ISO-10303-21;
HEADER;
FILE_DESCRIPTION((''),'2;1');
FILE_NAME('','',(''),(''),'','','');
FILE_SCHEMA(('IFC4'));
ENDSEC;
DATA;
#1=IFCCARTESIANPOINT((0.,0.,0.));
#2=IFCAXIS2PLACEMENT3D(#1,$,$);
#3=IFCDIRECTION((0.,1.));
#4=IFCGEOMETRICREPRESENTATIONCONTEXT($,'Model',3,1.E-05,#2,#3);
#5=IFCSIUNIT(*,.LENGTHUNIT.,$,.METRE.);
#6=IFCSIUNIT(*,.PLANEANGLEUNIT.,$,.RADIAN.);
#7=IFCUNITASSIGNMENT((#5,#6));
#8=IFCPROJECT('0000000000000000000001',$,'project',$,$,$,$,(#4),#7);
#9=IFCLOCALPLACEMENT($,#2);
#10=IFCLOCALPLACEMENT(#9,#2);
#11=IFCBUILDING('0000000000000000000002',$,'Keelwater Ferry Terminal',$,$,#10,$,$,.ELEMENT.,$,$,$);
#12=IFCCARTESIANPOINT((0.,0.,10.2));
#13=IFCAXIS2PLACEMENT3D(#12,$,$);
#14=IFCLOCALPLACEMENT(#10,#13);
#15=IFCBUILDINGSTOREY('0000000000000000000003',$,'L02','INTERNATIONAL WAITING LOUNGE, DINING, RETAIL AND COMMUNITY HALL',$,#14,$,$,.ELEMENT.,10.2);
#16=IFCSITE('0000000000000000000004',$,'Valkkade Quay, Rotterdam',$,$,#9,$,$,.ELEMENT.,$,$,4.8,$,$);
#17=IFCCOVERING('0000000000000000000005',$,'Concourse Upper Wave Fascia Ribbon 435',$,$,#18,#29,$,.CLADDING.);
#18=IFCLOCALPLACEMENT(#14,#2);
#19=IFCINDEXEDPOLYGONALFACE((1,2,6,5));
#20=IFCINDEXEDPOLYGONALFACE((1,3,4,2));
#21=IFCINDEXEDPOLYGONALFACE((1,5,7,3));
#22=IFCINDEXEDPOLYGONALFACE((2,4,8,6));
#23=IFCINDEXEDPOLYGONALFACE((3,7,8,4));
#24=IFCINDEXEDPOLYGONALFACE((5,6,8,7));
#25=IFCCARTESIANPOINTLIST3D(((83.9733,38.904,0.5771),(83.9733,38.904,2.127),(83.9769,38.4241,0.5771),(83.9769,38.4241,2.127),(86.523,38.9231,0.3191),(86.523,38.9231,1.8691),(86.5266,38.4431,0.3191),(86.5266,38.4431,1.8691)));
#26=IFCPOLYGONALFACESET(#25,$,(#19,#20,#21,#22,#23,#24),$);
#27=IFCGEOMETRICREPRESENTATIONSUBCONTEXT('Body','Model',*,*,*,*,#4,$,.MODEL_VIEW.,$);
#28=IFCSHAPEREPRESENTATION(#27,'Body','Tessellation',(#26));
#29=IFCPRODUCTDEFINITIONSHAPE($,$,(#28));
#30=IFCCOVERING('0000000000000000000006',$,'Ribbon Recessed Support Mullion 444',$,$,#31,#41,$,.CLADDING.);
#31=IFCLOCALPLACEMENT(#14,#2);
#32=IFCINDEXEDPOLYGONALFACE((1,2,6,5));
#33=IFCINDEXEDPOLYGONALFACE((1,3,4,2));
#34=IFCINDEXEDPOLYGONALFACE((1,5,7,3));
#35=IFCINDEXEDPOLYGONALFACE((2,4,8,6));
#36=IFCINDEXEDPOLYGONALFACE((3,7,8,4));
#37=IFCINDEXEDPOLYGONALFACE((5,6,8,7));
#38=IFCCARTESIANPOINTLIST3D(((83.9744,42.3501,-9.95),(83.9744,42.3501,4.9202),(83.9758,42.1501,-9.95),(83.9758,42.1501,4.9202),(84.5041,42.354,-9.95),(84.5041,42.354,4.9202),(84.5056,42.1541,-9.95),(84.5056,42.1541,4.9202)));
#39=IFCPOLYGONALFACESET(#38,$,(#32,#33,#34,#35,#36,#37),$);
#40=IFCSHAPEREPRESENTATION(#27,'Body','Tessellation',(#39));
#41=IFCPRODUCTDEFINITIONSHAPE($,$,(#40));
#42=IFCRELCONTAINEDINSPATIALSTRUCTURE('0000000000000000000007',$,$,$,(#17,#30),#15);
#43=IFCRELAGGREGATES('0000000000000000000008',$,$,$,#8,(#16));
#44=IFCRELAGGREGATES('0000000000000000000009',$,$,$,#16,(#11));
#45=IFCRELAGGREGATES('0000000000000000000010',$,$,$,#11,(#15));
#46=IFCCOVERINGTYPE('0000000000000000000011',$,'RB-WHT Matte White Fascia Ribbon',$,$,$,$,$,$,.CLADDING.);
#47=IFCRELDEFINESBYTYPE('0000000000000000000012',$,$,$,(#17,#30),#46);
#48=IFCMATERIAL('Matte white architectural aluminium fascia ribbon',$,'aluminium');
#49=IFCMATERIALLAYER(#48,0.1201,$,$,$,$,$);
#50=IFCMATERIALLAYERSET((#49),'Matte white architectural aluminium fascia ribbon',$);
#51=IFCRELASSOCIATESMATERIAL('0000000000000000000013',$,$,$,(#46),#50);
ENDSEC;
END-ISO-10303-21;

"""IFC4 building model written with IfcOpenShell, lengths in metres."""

from ifc_helpers import new_model, si_unit, direction, frame, origin, place, context, subcontext, project, spatial, polyline, outline, extrude, material, layer, layer_set, type_object, element, save


model = new_model("IFC4")

# Units and contexts
model_context = context("Model", 3, precision=1e-05, world=origin(), true_north=direction((0.0, 1.0)))
body_context = subcontext(model_context, "Body", "Model", "MODEL_VIEW")
ifc_project = project(units=[si_unit("LENGTHUNIT", "METRE"), si_unit("PLANEANGLEUNIT", "RADIAN")], contexts=[model_context])

# Site, building, storey
site_placement = place(None, origin())
site = spatial("IfcSite", under=ifc_project, at=site_placement, Name="Valkkade Quay, Rotterdam", CompositionType="ELEMENT", RefElevation=4.8)
building_placement = place(site_placement, origin())
building = spatial("IfcBuilding", under=site, at=building_placement, Name="Keelwater Ferry Terminal", CompositionType="ELEMENT")
storey_placement = place(building_placement, frame((0.0, 0.0, 10.2)))
storey = spatial("IfcBuildingStorey", under=building, at=storey_placement, Name="L02", Description="INTERNATIONAL WAITING LOUNGE, DINING, RETAIL AND COMMUNITY HALL", CompositionType="ELEMENT", Elevation=10.2)

# Coverings
ifc_material_1 = material(Name="Matte white architectural aluminium fascia ribbon", Category="aluminium")
ifc_layer_1 = layer(ifc_material_1, 0.1201)
ifc_layer_set_1 = layer_set([ifc_layer_1], Name="Matte white architectural aluminium fascia ribbon")
covering_type = type_object("IfcCoveringType", Name="RB-WHT Matte White Fascia Ribbon", PredefinedType="CLADDING", material=ifc_layer_set_1)
covering_1_placement = place(storey_placement, frame((83.9751, 38.6641, 0.3191), z_axis=(0.0, 0.0, 1.0), x_axis=(0.999972, 0.007468, 0.0)))
element("IfcCovering", 1, at=covering_1_placement, inside=storey, type_object=covering_type, Name="Concourse Upper Wave Fascia Ribbon 435", PredefinedType="CLADDING", context=body_context, shape_type="SweptSolid", body=[
    extrude(outline(polyline([(0.0, 0.2581), (2.5498, 0.0), (2.5498, 1.55), (0.0, 1.8079), (0.0, 0.2581)])), frame((0.0, 0.24, 0.0), z_axis=(0.0, -1.0, 0.0), x_axis=(1.0, 0.0, 0.0)), (0.0, 0.0, 1.0), 0.48),
])
covering_2_placement = place(storey_placement, frame((83.9751, 42.25, -9.95), z_axis=(0.0, 0.0, 1.0), x_axis=(0.999973, 0.007373, 0.0)))
element("IfcCovering", 2, at=covering_2_placement, inside=storey, type_object=covering_type, Name="Ribbon Recessed Support Mullion 444", PredefinedType="CLADDING", context=body_context, shape_type="SweptSolid", body=[
    extrude(outline(polyline([(0.0, 0.0), (0.5298, 0.0), (0.5298, 14.8701), (0.0, 14.8701), (0.0, 0.0)])), frame((0.0, 0.1001, 0.0), z_axis=(0.0, -1.0, 0.0), x_axis=(1.0, 0.0, 0.0)), (0.0, 0.0, 1.0), 0.2),
])

save(model, "model.ifc")
